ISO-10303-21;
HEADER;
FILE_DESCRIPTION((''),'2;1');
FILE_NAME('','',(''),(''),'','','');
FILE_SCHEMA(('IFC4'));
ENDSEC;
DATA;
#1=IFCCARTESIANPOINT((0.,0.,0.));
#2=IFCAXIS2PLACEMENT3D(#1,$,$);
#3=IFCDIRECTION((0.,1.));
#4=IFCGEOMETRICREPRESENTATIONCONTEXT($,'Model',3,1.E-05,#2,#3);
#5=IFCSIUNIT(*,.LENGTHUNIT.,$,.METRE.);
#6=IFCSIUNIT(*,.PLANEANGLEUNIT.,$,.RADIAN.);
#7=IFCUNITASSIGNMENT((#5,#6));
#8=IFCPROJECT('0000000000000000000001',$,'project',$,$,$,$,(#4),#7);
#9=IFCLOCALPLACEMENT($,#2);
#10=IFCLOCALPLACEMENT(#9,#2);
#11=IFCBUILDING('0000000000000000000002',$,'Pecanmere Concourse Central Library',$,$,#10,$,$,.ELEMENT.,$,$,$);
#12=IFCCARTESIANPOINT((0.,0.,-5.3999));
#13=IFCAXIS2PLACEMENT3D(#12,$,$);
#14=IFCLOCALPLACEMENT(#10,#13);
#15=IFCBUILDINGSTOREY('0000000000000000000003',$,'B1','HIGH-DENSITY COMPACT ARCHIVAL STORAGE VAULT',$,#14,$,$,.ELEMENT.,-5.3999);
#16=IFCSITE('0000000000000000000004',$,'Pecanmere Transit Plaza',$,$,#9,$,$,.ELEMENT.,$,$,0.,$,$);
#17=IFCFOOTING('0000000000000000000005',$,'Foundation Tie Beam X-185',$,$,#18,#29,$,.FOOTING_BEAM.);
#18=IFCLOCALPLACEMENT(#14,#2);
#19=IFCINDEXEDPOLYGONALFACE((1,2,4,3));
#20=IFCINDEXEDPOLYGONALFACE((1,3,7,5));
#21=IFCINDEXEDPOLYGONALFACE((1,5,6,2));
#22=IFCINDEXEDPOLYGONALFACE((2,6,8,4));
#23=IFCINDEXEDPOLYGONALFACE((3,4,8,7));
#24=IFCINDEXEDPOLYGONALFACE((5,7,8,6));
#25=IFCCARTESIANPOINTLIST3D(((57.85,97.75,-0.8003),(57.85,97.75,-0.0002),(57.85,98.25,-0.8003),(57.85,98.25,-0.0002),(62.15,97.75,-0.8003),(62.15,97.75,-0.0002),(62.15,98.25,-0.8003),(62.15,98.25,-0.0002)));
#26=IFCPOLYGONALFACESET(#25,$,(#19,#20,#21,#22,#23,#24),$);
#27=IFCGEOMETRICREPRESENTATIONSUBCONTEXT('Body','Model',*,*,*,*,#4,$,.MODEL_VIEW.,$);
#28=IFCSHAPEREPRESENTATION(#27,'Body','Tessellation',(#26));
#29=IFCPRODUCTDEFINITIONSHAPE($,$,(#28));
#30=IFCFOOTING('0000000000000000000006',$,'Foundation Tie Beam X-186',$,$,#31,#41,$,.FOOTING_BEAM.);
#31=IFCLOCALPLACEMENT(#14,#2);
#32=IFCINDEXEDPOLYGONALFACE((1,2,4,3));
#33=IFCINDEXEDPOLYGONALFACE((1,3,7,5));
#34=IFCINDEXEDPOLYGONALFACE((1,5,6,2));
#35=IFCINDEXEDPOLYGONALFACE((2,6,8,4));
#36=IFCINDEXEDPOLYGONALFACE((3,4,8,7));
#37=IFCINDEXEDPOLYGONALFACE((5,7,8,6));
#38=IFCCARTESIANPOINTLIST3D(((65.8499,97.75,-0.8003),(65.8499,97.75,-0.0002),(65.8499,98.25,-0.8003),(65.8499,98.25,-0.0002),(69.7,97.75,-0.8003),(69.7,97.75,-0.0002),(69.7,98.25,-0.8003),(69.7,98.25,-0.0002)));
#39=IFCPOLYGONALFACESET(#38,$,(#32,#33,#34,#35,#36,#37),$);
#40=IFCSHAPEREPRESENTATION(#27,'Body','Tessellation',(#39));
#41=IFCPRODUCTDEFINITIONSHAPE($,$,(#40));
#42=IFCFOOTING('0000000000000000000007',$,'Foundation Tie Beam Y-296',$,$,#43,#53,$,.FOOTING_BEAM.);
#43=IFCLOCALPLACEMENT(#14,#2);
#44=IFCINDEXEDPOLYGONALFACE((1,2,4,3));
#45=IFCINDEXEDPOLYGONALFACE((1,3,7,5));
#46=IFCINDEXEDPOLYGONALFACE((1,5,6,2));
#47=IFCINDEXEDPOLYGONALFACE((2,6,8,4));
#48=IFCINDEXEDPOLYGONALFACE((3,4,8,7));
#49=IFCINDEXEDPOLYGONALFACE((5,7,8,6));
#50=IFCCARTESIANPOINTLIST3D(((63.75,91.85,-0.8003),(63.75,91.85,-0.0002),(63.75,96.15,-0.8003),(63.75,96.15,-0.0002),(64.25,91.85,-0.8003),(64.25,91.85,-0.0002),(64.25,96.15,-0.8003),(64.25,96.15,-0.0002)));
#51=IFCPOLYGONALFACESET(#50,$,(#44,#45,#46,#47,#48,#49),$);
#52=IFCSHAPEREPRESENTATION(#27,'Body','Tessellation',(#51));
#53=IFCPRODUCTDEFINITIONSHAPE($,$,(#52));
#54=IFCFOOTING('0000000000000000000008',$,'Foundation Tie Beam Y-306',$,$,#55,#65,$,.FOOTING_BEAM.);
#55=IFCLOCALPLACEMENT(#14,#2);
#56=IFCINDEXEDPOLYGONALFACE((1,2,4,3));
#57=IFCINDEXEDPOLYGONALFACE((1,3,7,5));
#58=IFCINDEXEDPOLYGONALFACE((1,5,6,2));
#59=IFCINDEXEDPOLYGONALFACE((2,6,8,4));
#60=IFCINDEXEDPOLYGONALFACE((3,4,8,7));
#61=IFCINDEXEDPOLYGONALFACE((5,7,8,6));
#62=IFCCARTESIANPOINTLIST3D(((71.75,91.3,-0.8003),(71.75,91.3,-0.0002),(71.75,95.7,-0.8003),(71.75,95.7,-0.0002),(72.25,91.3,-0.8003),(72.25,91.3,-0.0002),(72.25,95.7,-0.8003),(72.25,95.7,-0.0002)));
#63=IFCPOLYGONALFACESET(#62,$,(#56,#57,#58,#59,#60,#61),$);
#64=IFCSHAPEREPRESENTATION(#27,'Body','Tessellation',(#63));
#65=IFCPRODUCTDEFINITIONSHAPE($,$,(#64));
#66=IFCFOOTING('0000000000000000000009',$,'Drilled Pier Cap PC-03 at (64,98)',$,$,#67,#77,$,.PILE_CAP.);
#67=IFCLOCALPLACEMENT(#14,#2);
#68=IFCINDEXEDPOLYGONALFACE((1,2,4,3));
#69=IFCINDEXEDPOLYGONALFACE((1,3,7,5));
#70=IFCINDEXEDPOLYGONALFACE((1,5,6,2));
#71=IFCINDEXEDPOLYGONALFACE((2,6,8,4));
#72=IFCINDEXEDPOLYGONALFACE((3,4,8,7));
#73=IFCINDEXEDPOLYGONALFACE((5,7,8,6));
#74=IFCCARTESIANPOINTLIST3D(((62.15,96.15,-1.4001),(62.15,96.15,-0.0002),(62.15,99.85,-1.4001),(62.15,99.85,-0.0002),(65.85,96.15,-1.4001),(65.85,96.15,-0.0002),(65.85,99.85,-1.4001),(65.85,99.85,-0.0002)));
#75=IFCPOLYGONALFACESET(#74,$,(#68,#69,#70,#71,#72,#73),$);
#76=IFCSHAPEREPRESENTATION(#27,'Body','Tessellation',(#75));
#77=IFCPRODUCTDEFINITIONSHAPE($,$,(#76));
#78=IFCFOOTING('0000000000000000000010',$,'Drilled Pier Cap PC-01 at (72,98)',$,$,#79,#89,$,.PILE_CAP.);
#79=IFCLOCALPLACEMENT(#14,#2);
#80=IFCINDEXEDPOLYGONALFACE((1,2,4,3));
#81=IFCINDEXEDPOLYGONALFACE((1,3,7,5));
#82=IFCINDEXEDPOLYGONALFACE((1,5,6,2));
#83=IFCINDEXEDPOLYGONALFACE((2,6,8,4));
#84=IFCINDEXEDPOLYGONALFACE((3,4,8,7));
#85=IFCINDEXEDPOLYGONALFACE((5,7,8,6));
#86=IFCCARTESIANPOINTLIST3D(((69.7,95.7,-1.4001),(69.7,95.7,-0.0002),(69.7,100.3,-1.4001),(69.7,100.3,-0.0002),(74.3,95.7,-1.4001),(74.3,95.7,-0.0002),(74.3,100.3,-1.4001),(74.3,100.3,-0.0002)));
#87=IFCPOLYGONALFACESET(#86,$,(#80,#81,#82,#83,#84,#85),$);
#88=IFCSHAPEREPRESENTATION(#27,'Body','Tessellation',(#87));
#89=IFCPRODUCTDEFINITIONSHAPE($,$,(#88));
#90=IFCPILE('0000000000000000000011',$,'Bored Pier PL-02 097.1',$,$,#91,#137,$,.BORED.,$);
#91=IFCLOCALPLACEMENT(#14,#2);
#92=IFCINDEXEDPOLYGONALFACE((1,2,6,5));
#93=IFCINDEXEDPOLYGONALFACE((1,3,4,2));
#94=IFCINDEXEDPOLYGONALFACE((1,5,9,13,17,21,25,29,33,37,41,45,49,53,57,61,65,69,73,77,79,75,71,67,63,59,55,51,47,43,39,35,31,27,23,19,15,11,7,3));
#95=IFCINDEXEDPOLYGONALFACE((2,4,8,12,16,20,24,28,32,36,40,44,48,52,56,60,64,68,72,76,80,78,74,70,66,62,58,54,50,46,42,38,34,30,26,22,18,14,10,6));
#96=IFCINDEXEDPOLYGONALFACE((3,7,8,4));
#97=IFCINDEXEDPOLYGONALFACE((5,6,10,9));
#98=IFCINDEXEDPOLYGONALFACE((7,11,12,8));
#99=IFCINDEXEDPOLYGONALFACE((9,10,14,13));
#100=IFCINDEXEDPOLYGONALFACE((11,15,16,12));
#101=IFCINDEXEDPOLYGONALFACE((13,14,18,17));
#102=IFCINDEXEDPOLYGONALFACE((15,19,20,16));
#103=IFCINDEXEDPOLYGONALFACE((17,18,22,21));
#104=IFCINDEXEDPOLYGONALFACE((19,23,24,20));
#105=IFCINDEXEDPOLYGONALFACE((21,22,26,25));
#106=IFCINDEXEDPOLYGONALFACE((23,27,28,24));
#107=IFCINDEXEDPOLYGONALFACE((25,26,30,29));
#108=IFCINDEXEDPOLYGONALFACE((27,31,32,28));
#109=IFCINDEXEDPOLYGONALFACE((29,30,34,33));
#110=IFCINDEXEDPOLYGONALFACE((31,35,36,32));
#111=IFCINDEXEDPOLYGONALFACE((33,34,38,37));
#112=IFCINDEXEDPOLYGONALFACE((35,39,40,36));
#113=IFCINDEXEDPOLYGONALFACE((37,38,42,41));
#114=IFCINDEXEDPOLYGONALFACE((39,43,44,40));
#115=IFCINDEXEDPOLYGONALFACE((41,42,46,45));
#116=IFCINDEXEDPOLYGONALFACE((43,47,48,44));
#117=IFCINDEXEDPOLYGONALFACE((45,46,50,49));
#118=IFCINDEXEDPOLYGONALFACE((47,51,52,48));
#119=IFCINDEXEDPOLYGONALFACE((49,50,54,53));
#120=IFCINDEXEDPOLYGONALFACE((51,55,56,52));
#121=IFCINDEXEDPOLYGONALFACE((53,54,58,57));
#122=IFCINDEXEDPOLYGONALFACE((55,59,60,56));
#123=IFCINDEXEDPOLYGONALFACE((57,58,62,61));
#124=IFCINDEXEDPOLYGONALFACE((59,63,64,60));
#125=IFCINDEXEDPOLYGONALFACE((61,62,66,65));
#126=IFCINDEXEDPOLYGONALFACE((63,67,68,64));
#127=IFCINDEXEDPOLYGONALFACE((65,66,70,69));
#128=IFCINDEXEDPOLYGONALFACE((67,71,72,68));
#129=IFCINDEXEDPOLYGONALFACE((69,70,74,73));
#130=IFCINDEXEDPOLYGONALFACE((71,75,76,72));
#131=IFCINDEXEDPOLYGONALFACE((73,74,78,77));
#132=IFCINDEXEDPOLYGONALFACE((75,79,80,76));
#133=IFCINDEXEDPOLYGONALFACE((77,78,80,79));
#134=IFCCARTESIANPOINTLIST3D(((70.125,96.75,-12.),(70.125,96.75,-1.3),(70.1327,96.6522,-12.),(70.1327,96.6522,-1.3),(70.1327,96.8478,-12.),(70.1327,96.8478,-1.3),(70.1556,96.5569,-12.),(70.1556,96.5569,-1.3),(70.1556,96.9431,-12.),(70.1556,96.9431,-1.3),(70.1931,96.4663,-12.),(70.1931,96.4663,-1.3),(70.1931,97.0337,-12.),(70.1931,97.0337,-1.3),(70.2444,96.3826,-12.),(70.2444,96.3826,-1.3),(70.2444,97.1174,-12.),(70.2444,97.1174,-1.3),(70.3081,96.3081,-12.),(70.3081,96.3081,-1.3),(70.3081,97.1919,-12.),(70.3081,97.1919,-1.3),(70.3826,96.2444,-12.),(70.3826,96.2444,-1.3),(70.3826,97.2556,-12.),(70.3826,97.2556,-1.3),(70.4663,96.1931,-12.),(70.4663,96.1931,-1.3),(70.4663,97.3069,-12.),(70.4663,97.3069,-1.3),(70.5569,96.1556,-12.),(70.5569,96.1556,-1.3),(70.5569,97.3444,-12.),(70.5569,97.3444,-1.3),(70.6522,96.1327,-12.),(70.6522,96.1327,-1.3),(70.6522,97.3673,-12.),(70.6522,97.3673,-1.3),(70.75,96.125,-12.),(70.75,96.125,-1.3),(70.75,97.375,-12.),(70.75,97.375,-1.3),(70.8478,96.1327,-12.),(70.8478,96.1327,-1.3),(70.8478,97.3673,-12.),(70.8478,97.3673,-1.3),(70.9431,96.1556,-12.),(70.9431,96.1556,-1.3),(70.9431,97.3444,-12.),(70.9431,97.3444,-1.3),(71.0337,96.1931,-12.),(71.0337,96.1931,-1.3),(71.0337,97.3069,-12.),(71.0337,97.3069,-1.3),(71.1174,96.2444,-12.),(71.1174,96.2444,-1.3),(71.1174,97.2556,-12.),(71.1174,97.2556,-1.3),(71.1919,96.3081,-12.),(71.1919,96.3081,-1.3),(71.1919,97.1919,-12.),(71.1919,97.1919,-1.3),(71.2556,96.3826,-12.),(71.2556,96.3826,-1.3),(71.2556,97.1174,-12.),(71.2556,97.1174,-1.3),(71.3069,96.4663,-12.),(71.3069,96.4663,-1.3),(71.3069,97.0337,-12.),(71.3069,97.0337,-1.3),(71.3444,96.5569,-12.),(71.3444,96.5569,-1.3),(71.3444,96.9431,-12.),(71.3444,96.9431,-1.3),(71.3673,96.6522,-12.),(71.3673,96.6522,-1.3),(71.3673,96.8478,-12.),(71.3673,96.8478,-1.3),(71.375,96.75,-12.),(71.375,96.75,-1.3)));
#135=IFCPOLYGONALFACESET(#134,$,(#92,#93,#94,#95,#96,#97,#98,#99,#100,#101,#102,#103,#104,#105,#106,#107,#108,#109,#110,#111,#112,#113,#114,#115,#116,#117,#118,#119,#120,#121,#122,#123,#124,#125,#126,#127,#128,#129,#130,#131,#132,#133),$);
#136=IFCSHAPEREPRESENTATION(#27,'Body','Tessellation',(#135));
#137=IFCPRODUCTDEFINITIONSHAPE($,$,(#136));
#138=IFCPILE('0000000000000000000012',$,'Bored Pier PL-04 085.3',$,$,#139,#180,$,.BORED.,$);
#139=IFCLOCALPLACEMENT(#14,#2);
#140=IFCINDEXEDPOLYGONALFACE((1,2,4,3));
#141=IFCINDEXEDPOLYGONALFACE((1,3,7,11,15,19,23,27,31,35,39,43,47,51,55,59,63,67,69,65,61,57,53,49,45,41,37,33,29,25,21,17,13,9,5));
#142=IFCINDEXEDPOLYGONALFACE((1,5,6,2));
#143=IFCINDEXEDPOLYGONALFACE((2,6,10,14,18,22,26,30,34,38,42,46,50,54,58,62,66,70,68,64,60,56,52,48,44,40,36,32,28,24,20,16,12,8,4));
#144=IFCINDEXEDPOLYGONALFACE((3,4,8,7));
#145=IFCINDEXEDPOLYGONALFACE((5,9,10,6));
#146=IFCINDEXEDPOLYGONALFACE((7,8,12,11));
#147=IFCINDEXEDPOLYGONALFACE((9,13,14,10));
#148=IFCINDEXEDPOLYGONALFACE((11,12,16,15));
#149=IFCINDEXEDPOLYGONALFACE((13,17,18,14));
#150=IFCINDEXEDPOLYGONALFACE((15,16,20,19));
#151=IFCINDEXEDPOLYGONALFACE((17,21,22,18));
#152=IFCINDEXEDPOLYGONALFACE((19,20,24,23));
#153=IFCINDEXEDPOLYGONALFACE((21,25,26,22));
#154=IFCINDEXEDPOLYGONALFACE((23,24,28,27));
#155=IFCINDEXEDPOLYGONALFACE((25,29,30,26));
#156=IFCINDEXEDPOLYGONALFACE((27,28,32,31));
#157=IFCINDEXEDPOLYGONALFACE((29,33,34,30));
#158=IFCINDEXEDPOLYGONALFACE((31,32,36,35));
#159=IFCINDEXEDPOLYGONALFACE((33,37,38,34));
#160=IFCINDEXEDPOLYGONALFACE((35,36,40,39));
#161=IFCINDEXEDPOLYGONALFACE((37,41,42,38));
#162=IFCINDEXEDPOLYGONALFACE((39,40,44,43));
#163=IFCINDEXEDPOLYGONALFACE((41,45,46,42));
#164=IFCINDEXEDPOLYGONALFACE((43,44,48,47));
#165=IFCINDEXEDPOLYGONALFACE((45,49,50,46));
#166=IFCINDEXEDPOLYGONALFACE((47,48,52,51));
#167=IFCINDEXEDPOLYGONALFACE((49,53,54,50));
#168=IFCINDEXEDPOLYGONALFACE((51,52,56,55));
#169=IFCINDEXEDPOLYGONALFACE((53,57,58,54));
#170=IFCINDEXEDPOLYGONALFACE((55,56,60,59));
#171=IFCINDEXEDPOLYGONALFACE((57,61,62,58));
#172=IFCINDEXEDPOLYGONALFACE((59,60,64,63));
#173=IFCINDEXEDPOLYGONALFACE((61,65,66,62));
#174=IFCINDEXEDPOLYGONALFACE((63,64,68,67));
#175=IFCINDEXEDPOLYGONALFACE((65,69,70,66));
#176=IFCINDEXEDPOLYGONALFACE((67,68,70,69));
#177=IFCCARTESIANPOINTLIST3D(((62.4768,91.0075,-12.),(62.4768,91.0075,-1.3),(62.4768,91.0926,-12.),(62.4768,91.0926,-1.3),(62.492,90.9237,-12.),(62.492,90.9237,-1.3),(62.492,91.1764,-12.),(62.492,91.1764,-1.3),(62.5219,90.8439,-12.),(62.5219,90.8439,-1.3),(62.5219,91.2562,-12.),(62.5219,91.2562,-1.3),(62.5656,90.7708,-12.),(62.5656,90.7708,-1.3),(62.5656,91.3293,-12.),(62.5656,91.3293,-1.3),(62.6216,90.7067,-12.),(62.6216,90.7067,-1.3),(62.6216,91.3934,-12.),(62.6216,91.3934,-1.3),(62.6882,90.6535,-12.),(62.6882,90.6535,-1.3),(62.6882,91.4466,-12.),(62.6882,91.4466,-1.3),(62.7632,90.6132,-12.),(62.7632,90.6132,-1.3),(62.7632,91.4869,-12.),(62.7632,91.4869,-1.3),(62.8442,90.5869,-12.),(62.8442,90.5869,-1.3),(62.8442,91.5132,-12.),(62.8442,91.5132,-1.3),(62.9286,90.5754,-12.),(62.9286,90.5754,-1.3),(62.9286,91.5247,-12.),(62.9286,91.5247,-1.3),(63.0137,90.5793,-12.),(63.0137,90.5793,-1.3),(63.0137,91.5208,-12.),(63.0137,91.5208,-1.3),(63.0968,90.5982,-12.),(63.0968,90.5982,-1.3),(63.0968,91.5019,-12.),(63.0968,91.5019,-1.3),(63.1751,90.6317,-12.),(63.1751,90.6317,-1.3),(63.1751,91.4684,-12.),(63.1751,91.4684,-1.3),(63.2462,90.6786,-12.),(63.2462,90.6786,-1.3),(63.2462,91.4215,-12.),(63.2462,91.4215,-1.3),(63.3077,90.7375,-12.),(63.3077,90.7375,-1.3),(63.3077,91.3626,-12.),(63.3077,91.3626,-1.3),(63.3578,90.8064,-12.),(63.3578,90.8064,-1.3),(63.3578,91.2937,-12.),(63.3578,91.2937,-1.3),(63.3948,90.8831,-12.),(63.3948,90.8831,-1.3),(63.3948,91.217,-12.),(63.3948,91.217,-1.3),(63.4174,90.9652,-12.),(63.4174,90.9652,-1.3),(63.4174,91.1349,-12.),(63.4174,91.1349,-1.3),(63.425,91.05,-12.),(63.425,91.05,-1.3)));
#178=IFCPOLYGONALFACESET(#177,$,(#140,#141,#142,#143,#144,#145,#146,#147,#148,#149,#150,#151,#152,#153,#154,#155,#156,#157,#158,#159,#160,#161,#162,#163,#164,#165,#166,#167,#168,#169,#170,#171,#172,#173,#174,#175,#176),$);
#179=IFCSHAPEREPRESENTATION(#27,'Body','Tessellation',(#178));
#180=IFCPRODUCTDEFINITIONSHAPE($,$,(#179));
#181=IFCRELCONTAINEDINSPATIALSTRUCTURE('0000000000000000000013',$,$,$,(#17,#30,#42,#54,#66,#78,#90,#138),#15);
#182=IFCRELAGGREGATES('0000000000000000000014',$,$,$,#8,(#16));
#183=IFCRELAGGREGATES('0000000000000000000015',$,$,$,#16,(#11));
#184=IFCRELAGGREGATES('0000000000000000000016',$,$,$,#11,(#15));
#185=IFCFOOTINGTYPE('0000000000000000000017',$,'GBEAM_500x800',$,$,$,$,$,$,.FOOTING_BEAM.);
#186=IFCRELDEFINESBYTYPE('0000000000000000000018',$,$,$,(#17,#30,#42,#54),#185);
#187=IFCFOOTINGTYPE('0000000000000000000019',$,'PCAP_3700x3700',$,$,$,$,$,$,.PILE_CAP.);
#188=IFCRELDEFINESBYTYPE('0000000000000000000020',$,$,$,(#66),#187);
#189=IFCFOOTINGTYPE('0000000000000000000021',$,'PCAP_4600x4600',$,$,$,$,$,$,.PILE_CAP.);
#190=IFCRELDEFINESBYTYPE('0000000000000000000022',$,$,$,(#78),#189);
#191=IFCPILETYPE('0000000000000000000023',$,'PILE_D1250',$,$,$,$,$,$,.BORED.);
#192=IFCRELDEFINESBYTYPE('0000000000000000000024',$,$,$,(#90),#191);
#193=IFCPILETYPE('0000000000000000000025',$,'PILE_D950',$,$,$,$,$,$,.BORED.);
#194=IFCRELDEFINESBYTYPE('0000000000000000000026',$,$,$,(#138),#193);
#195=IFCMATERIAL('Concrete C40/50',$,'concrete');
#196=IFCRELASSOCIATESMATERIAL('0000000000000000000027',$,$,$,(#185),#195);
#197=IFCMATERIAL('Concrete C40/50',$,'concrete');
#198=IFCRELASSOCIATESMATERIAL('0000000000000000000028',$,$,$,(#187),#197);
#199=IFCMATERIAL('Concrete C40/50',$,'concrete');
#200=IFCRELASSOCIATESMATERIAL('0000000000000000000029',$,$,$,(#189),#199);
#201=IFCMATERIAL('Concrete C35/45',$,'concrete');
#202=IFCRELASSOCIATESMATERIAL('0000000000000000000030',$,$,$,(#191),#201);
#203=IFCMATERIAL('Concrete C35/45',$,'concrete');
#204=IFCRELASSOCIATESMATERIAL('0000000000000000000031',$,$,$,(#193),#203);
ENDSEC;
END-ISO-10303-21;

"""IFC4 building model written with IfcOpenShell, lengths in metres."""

from ifc_helpers import new_model, si_unit, direction, frame, origin, origin_2d, place, context, subcontext, project, spatial, rectangle, circle, extrude, material, material_profile, profile_set, type_object, element, save


model = new_model("IFC4")

# Units and contexts
model_context = context("Model", 3, precision=1e-05, world=origin(), true_north=direction((0.0, 1.0)))
body_context = subcontext(model_context, "Body", "Model", "MODEL_VIEW")
ifc_project = project(units=[si_unit("LENGTHUNIT", "METRE"), si_unit("PLANEANGLEUNIT", "RADIAN")], contexts=[model_context])

# Site, building, storey
site_placement = place(None, origin())
site = spatial("IfcSite", under=ifc_project, at=site_placement, Name="Pecanmere Transit Plaza", CompositionType="ELEMENT", RefElevation=0.0)
building_placement = place(site_placement, origin())
building = spatial("IfcBuilding", under=site, at=building_placement, Name="Pecanmere Concourse Central Library", CompositionType="ELEMENT")
storey_placement = place(building_placement, frame((0.0, 0.0, -5.3999)))
storey = spatial("IfcBuildingStorey", under=building, at=storey_placement, Name="B1", Description="HIGH-DENSITY COMPACT ARCHIVAL STORAGE VAULT", CompositionType="ELEMENT", Elevation=-5.3999)

# Footings
ifc_material_1 = material(Name="Concrete C40/50", Category="concrete")
ifc_material_profile_1 = material_profile(ifc_material_1, rectangle(XDim=0.5, YDim=0.8, at=origin_2d()), Name="RC 500x800")
ifc_profile_set_1 = profile_set([ifc_material_profile_1], Name="Concrete C40/50")
footing_type_1 = type_object("IfcFootingType", Name="GBEAM_500x800", PredefinedType="FOOTING_BEAM", material=ifc_profile_set_1)
footing_1_placement = place(storey_placement, frame((60.0, 98.0, -0.8003), z_axis=(0.0, 0.0, 1.0), x_axis=(1.0, 0.0, 0.0)))
element("IfcFooting", 1, at=footing_1_placement, inside=storey, type_object=footing_type_1, Name="Foundation Tie Beam X-185", PredefinedType="FOOTING_BEAM", context=body_context, shape_type="SweptSolid", body=[
    extrude(rectangle(XDim=4.3, YDim=0.5, at=origin_2d()), origin(), (0.0, 0.0, 1.0), 0.8),
])
footing_2_placement = place(storey_placement, frame((67.7749, 98.0, -0.8003), z_axis=(0.0, 0.0, 1.0), x_axis=(1.0, 0.0, 0.0)))
element("IfcFooting", 2, at=footing_2_placement, inside=storey, type_object=footing_type_1, Name="Foundation Tie Beam X-186", PredefinedType="FOOTING_BEAM", context=body_context, shape_type="SweptSolid", body=[
    extrude(rectangle(XDim=3.8501, YDim=0.5, at=origin_2d()), origin(), (0.0, 0.0, 1.0), 0.8),
])
footing_3_placement = place(storey_placement, frame((64.0, 94.0, -0.8003), z_axis=(0.0, 0.0, 1.0), x_axis=(0.0, 1.0, 0.0)))
element("IfcFooting", 3, at=footing_3_placement, inside=storey, type_object=footing_type_1, Name="Foundation Tie Beam Y-296", PredefinedType="FOOTING_BEAM", context=body_context, shape_type="SweptSolid", body=[
    extrude(rectangle(XDim=4.3, YDim=0.5, at=origin_2d()), origin(), (0.0, 0.0, 1.0), 0.8),
])
footing_4_placement = place(storey_placement, frame((72.0, 93.5, -0.8003), z_axis=(0.0, 0.0, 1.0), x_axis=(0.0, 1.0, 0.0)))
element("IfcFooting", 4, at=footing_4_placement, inside=storey, type_object=footing_type_1, Name="Foundation Tie Beam Y-306", PredefinedType="FOOTING_BEAM", context=body_context, shape_type="SweptSolid", body=[
    extrude(rectangle(XDim=4.3999, YDim=0.5, at=origin_2d()), origin(), (0.0, 0.0, 1.0), 0.8),
])
ifc_material_2 = material(Name="Concrete C40/50", Category="concrete")
footing_type_2 = type_object("IfcFootingType", Name="PCAP_3700x3700", PredefinedType="PILE_CAP", material=ifc_material_2)
footing_5_placement = place(storey_placement, frame((64.0, 98.0, -1.4001), z_axis=(0.0, 0.0, 1.0), x_axis=(1.0, 0.0, 0.0)))
element("IfcFooting", 5, at=footing_5_placement, inside=storey, type_object=footing_type_2, Name="Drilled Pier Cap PC-03 at (64,98)", PredefinedType="PILE_CAP", context=body_context, shape_type="SweptSolid", body=[
    extrude(rectangle(XDim=3.7, YDim=3.7, at=origin_2d()), origin(), (0.0, 0.0, 1.0), 1.3999),
])
ifc_material_3 = material(Name="Concrete C40/50", Category="concrete")
footing_type_3 = type_object("IfcFootingType", Name="PCAP_4600x4600", PredefinedType="PILE_CAP", material=ifc_material_3)
footing_6_placement = place(storey_placement, frame((72.0, 98.0, -1.4001), z_axis=(0.0, 0.0, 1.0), x_axis=(1.0, 0.0, 0.0)))
element("IfcFooting", 6, at=footing_6_placement, inside=storey, type_object=footing_type_3, Name="Drilled Pier Cap PC-01 at (72,98)", PredefinedType="PILE_CAP", context=body_context, shape_type="SweptSolid", body=[
    extrude(rectangle(XDim=4.6001, YDim=4.6001, at=origin_2d()), origin(), (0.0, 0.0, 1.0), 1.3999),
])

# Piles
ifc_material_4 = material(Name="Concrete C35/45", Category="concrete")
ifc_material_profile_2 = material_profile(ifc_material_4, circle(Radius=0.625, at=origin_2d()), Name="PIER D1250")
ifc_profile_set_2 = profile_set([ifc_material_profile_2], Name="Concrete C35/45")
pile_type_1 = type_object("IfcPileType", Name="PILE_D1250", PredefinedType="BORED", material=ifc_profile_set_2)
pile_placement = place(storey_placement, frame((70.75, 96.75, -1.3), z_axis=(0.0, 0.0, -1.0), x_axis=(1.0, 0.0, 0.0)))
element("IfcPile", 7, at=pile_placement, inside=storey, type_object=pile_type_1, Name="Bored Pier PL-02 097.1", PredefinedType="BORED", context=body_context, shape_type="SweptSolid", body=[
    extrude(circle(Radius=0.625, at=origin_2d()), origin(), (0.0, 0.0, 1.0), 10.7),
])
ifc_material_5 = material(Name="Concrete C35/45", Category="concrete")
ifc_material_profile_3 = material_profile(ifc_material_5, circle(Radius=0.4751, at=origin_2d()), Name="PIER D950")
ifc_profile_set_3 = profile_set([ifc_material_profile_3], Name="Concrete C35/45")
pile_type_2 = type_object("IfcPileType", Name="PILE_D950", PredefinedType="BORED", material=ifc_profile_set_3)
for number, where, z_axis, x_axis, name in (
    (8, (62.95, 91.05, -1.3), (0.0, 0.0, -1.0), (1.0, 0.0, 0.0), "Bored Pier PL-04 085.3"),
):
    element("IfcPile", number, at=place(storey_placement, frame(where, z_axis=z_axis, x_axis=x_axis)), inside=storey, type_object=pile_type_2, Name=name, PredefinedType="BORED", context=body_context, shape_type="SweptSolid", body=[
        extrude(circle(Radius=0.4751, at=origin_2d()), origin(), (0.0, 0.0, 1.0), 10.7),
    ])

save(model, "model.ifc")
